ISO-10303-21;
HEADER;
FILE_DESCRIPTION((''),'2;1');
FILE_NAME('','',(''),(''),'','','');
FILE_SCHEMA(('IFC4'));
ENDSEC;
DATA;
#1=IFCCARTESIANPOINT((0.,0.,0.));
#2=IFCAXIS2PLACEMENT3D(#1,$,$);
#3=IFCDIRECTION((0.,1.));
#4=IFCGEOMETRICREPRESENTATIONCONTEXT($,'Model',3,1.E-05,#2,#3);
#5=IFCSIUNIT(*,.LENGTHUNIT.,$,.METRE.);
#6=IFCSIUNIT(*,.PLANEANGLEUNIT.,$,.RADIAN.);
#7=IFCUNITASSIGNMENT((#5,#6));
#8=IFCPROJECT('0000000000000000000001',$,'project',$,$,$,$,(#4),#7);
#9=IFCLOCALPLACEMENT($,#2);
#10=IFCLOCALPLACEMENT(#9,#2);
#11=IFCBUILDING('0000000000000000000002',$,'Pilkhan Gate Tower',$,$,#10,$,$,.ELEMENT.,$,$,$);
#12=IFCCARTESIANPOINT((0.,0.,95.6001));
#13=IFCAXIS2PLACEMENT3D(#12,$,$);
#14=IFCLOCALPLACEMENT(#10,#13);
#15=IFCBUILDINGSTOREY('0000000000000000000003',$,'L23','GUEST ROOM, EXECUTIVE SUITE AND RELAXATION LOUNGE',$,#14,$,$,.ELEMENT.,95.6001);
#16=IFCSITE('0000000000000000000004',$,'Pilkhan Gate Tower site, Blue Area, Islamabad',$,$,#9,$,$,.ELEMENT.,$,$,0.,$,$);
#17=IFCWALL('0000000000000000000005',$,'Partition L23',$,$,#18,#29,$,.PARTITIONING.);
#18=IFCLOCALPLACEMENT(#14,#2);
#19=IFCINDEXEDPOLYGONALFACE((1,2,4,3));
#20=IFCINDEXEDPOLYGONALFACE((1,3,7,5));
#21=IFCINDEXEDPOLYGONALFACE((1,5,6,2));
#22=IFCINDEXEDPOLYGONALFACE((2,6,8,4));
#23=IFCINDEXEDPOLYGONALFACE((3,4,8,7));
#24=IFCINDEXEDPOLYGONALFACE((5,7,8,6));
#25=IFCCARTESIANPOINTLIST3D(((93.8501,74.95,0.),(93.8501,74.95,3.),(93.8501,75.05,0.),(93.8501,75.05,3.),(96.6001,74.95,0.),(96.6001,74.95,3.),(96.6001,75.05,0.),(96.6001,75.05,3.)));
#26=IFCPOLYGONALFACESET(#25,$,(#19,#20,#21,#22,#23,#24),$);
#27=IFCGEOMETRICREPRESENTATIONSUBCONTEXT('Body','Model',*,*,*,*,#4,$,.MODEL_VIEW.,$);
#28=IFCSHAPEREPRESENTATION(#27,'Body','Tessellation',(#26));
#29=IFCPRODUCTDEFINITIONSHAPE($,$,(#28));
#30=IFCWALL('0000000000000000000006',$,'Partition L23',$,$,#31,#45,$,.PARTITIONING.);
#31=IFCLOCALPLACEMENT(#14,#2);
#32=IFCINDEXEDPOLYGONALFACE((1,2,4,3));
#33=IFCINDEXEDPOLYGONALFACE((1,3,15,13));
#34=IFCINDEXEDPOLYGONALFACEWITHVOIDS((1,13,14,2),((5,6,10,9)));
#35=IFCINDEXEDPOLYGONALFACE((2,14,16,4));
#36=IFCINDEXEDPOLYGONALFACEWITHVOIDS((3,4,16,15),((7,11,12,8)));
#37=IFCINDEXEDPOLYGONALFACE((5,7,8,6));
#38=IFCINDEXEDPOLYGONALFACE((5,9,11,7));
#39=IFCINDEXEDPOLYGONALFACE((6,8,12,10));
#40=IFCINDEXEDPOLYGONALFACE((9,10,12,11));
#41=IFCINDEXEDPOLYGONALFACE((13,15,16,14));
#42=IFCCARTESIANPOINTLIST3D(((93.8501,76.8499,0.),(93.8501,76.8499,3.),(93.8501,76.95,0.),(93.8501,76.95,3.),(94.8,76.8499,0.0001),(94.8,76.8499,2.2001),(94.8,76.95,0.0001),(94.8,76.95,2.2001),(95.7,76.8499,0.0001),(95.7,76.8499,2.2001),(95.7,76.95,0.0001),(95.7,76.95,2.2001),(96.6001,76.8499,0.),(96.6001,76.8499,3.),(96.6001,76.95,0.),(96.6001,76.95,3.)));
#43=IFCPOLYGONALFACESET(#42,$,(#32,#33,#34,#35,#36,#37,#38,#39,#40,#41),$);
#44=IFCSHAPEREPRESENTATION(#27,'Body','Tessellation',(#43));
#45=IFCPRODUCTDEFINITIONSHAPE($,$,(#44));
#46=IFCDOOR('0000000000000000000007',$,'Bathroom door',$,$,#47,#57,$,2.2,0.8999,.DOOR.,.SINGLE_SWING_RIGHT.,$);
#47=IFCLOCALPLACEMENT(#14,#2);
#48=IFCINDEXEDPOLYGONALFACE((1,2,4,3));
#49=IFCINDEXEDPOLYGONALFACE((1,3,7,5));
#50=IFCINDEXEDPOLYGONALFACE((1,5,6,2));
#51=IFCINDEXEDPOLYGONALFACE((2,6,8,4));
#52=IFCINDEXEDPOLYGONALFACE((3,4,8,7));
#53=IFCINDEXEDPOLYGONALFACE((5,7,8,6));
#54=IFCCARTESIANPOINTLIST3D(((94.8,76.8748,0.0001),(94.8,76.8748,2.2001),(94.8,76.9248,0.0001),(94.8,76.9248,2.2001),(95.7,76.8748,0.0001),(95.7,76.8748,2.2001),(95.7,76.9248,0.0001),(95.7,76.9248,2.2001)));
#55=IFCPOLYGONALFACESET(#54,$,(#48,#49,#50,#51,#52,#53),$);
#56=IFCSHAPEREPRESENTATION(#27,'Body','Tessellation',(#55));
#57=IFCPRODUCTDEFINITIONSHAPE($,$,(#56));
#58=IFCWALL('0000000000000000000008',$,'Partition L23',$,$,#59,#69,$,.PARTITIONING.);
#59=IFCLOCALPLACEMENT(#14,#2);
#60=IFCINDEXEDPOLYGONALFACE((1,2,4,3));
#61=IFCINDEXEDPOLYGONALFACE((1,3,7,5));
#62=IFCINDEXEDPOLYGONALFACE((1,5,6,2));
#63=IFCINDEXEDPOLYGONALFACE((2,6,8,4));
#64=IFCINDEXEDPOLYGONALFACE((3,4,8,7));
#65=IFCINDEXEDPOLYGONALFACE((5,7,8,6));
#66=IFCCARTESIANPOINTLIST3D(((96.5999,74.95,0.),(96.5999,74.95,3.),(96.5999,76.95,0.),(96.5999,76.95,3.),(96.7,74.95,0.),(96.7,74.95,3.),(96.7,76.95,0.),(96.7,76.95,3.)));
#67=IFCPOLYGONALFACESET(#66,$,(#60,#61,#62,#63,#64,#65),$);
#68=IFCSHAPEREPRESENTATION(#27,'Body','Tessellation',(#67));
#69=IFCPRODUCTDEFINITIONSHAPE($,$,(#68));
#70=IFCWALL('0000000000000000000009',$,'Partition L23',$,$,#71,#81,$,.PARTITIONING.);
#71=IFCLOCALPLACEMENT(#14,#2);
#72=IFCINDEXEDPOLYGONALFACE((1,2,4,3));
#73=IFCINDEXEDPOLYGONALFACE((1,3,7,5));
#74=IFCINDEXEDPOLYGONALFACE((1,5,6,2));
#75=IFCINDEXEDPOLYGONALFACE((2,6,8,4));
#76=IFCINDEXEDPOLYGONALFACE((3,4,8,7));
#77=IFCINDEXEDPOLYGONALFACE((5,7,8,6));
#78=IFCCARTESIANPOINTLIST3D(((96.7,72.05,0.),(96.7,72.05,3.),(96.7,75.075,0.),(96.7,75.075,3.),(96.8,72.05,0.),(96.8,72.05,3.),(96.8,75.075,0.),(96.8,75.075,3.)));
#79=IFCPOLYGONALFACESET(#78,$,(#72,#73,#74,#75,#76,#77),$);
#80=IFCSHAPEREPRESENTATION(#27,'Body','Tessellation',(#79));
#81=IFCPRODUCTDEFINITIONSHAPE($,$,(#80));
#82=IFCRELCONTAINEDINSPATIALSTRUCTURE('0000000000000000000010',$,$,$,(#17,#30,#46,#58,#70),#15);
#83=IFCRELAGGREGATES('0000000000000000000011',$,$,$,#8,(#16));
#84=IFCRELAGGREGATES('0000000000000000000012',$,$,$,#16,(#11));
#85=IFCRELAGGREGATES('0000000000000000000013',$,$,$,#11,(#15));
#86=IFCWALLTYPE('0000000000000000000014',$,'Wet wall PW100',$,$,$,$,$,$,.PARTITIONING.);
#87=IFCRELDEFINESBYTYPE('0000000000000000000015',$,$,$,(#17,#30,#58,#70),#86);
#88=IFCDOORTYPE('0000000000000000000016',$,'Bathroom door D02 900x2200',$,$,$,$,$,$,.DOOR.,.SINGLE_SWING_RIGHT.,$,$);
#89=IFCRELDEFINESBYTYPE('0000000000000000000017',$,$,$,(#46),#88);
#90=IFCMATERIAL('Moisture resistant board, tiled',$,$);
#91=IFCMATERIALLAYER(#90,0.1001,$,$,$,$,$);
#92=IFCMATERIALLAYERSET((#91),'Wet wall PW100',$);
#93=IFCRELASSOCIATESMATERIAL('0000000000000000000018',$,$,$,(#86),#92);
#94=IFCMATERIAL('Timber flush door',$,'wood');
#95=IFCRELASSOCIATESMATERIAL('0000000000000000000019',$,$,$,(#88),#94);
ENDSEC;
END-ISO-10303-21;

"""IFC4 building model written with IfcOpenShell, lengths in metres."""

from ifc_helpers import new_model, si_unit, direction, frame, frame_2d, origin, place, context, subcontext, project, spatial, rectangle, extrude, material, layer, layer_set, type_object, element, fill, save


model = new_model("IFC4")

# Units and contexts
model_context = context("Model", 3, precision=1e-05, world=origin(), true_north=direction((0.0, 1.0)))
body_context = subcontext(model_context, "Body", "Model", "MODEL_VIEW")
ifc_project = project(units=[si_unit("LENGTHUNIT", "METRE"), si_unit("PLANEANGLEUNIT", "RADIAN")], contexts=[model_context])

# Site, building, storey
site_placement = place(None, origin())
site = spatial("IfcSite", under=ifc_project, at=site_placement, Name="Pilkhan Gate Tower site, Blue Area, Islamabad", CompositionType="ELEMENT", RefElevation=0.0)
building_placement = place(site_placement, origin())
building = spatial("IfcBuilding", under=site, at=building_placement, Name="Pilkhan Gate Tower", CompositionType="ELEMENT")
storey_placement = place(building_placement, frame((0.0, 0.0, 95.6001)))
storey = spatial("IfcBuildingStorey", under=building, at=storey_placement, Name="L23", Description="GUEST ROOM, EXECUTIVE SUITE AND RELAXATION LOUNGE", CompositionType="ELEMENT", Elevation=95.6001)

# Shared definitions
ifc_material_1 = material(Name="Moisture resistant board, tiled")
ifc_layer_1 = layer(ifc_material_1, 0.1001)
ifc_layer_set_1 = layer_set([ifc_layer_1], Name="Wet wall PW100")
wall_type_1 = type_object("IfcWallType", Name="Wet wall PW100", PredefinedType="PARTITIONING", material=ifc_layer_set_1)
ifc_material_2 = material(Name="Timber flush door", Category="wood")
door_type = type_object("IfcDoorType", Name="Bathroom door D02 900x2200", OperationType="SINGLE_SWING_RIGHT", PredefinedType="DOOR", material=ifc_material_2)

# Wall
wall_1_placement = place(storey_placement, frame((93.8501, 75.0, 0.0), z_axis=(0.0, 0.0, 1.0), x_axis=(1.0, 0.0, 0.0)))
element("IfcWall", 1, at=wall_1_placement, inside=storey, type_object=wall_type_1, Name="Partition L23", PredefinedType="PARTITIONING", context=body_context, shape_type="SweptSolid", body=[
    extrude(rectangle(XDim=2.75, YDim=0.1001, at=frame_2d((1.375, 0.0))), origin(), (0.0, 0.0, 1.0), 3.0),
])

# Wall, opening, door
wall_2_placement = place(storey_placement, frame((93.8501, 76.8999, 0.0), z_axis=(0.0, 0.0, 1.0), x_axis=(1.0, 0.0, 0.0)))
wall_2 = element("IfcWall", 2, at=wall_2_placement, inside=storey, type_object=wall_type_1, Name="Partition L23", PredefinedType="PARTITIONING", context=body_context, shape_type="SweptSolid", body=[
    extrude(rectangle(XDim=2.75, YDim=0.1001, at=frame_2d((1.375, 0.0))), origin(), (0.0, 0.0, 1.0), 3.0),
])
opening_1_placement = place(wall_2_placement, frame((0.95, 0.0, 0.0)))
opening_1 = element("IfcOpeningElement", 3, at=opening_1_placement, cuts=wall_2, PredefinedType="OPENING", context=body_context, shape_type="SweptSolid", body=[
    extrude(rectangle(XDim=0.8999, YDim=2.2, at=frame_2d((0.45, 1.1001))), frame((0.0, 0.0601, 0.0), z_axis=(0.0, -1.0, 0.0), x_axis=(1.0, 0.0, 0.0)), (0.0, 0.0, 1.0), 0.1201),
])
door_1_placement = place(opening_1_placement, origin())
door_1 = element("IfcDoor", 4, at=door_1_placement, inside=storey, type_object=door_type, Name="Bathroom door", OperationType="SINGLE_SWING_RIGHT", OverallHeight=2.2, OverallWidth=0.8999, PredefinedType="DOOR", context=body_context, shape_type="SweptSolid", body=[
    extrude(rectangle(XDim=0.8999, YDim=2.2, at=frame_2d((0.45, 1.1001))), frame((0.0, 0.0249, 0.0), z_axis=(0.0, -1.0, 0.0), x_axis=(1.0, 0.0, 0.0)), (0.0, 0.0, 1.0), 0.05),
])
fill(opening_1, door_1)

# Walls
wall_3_placement = place(storey_placement, frame((96.6499, 74.95, 0.0), z_axis=(0.0, 0.0, 1.0), x_axis=(0.0, 1.0, 0.0)))
element("IfcWall", 5, at=wall_3_placement, inside=storey, type_object=wall_type_1, Name="Partition L23", PredefinedType="PARTITIONING", context=body_context, shape_type="SweptSolid", body=[
    extrude(rectangle(XDim=2.0, YDim=0.1001, at=frame_2d((1.0, 0.0))), origin(), (0.0, 0.0, 1.0), 3.0),
])
wall_4_placement = place(storey_placement, frame((96.75, 72.05, 0.0), z_axis=(0.0, 0.0, 1.0), x_axis=(0.0, 1.0, 0.0)))
element("IfcWall", 6, at=wall_4_placement, inside=storey, type_object=wall_type_1, Name="Partition L23", PredefinedType="PARTITIONING", context=body_context, shape_type="SweptSolid", body=[
    extrude(rectangle(XDim=3.0249, YDim=0.1001, at=frame_2d((1.5125, 0.0))), origin(), (0.0, 0.0, 1.0), 3.0),
])

save(model, "model.ifc")
